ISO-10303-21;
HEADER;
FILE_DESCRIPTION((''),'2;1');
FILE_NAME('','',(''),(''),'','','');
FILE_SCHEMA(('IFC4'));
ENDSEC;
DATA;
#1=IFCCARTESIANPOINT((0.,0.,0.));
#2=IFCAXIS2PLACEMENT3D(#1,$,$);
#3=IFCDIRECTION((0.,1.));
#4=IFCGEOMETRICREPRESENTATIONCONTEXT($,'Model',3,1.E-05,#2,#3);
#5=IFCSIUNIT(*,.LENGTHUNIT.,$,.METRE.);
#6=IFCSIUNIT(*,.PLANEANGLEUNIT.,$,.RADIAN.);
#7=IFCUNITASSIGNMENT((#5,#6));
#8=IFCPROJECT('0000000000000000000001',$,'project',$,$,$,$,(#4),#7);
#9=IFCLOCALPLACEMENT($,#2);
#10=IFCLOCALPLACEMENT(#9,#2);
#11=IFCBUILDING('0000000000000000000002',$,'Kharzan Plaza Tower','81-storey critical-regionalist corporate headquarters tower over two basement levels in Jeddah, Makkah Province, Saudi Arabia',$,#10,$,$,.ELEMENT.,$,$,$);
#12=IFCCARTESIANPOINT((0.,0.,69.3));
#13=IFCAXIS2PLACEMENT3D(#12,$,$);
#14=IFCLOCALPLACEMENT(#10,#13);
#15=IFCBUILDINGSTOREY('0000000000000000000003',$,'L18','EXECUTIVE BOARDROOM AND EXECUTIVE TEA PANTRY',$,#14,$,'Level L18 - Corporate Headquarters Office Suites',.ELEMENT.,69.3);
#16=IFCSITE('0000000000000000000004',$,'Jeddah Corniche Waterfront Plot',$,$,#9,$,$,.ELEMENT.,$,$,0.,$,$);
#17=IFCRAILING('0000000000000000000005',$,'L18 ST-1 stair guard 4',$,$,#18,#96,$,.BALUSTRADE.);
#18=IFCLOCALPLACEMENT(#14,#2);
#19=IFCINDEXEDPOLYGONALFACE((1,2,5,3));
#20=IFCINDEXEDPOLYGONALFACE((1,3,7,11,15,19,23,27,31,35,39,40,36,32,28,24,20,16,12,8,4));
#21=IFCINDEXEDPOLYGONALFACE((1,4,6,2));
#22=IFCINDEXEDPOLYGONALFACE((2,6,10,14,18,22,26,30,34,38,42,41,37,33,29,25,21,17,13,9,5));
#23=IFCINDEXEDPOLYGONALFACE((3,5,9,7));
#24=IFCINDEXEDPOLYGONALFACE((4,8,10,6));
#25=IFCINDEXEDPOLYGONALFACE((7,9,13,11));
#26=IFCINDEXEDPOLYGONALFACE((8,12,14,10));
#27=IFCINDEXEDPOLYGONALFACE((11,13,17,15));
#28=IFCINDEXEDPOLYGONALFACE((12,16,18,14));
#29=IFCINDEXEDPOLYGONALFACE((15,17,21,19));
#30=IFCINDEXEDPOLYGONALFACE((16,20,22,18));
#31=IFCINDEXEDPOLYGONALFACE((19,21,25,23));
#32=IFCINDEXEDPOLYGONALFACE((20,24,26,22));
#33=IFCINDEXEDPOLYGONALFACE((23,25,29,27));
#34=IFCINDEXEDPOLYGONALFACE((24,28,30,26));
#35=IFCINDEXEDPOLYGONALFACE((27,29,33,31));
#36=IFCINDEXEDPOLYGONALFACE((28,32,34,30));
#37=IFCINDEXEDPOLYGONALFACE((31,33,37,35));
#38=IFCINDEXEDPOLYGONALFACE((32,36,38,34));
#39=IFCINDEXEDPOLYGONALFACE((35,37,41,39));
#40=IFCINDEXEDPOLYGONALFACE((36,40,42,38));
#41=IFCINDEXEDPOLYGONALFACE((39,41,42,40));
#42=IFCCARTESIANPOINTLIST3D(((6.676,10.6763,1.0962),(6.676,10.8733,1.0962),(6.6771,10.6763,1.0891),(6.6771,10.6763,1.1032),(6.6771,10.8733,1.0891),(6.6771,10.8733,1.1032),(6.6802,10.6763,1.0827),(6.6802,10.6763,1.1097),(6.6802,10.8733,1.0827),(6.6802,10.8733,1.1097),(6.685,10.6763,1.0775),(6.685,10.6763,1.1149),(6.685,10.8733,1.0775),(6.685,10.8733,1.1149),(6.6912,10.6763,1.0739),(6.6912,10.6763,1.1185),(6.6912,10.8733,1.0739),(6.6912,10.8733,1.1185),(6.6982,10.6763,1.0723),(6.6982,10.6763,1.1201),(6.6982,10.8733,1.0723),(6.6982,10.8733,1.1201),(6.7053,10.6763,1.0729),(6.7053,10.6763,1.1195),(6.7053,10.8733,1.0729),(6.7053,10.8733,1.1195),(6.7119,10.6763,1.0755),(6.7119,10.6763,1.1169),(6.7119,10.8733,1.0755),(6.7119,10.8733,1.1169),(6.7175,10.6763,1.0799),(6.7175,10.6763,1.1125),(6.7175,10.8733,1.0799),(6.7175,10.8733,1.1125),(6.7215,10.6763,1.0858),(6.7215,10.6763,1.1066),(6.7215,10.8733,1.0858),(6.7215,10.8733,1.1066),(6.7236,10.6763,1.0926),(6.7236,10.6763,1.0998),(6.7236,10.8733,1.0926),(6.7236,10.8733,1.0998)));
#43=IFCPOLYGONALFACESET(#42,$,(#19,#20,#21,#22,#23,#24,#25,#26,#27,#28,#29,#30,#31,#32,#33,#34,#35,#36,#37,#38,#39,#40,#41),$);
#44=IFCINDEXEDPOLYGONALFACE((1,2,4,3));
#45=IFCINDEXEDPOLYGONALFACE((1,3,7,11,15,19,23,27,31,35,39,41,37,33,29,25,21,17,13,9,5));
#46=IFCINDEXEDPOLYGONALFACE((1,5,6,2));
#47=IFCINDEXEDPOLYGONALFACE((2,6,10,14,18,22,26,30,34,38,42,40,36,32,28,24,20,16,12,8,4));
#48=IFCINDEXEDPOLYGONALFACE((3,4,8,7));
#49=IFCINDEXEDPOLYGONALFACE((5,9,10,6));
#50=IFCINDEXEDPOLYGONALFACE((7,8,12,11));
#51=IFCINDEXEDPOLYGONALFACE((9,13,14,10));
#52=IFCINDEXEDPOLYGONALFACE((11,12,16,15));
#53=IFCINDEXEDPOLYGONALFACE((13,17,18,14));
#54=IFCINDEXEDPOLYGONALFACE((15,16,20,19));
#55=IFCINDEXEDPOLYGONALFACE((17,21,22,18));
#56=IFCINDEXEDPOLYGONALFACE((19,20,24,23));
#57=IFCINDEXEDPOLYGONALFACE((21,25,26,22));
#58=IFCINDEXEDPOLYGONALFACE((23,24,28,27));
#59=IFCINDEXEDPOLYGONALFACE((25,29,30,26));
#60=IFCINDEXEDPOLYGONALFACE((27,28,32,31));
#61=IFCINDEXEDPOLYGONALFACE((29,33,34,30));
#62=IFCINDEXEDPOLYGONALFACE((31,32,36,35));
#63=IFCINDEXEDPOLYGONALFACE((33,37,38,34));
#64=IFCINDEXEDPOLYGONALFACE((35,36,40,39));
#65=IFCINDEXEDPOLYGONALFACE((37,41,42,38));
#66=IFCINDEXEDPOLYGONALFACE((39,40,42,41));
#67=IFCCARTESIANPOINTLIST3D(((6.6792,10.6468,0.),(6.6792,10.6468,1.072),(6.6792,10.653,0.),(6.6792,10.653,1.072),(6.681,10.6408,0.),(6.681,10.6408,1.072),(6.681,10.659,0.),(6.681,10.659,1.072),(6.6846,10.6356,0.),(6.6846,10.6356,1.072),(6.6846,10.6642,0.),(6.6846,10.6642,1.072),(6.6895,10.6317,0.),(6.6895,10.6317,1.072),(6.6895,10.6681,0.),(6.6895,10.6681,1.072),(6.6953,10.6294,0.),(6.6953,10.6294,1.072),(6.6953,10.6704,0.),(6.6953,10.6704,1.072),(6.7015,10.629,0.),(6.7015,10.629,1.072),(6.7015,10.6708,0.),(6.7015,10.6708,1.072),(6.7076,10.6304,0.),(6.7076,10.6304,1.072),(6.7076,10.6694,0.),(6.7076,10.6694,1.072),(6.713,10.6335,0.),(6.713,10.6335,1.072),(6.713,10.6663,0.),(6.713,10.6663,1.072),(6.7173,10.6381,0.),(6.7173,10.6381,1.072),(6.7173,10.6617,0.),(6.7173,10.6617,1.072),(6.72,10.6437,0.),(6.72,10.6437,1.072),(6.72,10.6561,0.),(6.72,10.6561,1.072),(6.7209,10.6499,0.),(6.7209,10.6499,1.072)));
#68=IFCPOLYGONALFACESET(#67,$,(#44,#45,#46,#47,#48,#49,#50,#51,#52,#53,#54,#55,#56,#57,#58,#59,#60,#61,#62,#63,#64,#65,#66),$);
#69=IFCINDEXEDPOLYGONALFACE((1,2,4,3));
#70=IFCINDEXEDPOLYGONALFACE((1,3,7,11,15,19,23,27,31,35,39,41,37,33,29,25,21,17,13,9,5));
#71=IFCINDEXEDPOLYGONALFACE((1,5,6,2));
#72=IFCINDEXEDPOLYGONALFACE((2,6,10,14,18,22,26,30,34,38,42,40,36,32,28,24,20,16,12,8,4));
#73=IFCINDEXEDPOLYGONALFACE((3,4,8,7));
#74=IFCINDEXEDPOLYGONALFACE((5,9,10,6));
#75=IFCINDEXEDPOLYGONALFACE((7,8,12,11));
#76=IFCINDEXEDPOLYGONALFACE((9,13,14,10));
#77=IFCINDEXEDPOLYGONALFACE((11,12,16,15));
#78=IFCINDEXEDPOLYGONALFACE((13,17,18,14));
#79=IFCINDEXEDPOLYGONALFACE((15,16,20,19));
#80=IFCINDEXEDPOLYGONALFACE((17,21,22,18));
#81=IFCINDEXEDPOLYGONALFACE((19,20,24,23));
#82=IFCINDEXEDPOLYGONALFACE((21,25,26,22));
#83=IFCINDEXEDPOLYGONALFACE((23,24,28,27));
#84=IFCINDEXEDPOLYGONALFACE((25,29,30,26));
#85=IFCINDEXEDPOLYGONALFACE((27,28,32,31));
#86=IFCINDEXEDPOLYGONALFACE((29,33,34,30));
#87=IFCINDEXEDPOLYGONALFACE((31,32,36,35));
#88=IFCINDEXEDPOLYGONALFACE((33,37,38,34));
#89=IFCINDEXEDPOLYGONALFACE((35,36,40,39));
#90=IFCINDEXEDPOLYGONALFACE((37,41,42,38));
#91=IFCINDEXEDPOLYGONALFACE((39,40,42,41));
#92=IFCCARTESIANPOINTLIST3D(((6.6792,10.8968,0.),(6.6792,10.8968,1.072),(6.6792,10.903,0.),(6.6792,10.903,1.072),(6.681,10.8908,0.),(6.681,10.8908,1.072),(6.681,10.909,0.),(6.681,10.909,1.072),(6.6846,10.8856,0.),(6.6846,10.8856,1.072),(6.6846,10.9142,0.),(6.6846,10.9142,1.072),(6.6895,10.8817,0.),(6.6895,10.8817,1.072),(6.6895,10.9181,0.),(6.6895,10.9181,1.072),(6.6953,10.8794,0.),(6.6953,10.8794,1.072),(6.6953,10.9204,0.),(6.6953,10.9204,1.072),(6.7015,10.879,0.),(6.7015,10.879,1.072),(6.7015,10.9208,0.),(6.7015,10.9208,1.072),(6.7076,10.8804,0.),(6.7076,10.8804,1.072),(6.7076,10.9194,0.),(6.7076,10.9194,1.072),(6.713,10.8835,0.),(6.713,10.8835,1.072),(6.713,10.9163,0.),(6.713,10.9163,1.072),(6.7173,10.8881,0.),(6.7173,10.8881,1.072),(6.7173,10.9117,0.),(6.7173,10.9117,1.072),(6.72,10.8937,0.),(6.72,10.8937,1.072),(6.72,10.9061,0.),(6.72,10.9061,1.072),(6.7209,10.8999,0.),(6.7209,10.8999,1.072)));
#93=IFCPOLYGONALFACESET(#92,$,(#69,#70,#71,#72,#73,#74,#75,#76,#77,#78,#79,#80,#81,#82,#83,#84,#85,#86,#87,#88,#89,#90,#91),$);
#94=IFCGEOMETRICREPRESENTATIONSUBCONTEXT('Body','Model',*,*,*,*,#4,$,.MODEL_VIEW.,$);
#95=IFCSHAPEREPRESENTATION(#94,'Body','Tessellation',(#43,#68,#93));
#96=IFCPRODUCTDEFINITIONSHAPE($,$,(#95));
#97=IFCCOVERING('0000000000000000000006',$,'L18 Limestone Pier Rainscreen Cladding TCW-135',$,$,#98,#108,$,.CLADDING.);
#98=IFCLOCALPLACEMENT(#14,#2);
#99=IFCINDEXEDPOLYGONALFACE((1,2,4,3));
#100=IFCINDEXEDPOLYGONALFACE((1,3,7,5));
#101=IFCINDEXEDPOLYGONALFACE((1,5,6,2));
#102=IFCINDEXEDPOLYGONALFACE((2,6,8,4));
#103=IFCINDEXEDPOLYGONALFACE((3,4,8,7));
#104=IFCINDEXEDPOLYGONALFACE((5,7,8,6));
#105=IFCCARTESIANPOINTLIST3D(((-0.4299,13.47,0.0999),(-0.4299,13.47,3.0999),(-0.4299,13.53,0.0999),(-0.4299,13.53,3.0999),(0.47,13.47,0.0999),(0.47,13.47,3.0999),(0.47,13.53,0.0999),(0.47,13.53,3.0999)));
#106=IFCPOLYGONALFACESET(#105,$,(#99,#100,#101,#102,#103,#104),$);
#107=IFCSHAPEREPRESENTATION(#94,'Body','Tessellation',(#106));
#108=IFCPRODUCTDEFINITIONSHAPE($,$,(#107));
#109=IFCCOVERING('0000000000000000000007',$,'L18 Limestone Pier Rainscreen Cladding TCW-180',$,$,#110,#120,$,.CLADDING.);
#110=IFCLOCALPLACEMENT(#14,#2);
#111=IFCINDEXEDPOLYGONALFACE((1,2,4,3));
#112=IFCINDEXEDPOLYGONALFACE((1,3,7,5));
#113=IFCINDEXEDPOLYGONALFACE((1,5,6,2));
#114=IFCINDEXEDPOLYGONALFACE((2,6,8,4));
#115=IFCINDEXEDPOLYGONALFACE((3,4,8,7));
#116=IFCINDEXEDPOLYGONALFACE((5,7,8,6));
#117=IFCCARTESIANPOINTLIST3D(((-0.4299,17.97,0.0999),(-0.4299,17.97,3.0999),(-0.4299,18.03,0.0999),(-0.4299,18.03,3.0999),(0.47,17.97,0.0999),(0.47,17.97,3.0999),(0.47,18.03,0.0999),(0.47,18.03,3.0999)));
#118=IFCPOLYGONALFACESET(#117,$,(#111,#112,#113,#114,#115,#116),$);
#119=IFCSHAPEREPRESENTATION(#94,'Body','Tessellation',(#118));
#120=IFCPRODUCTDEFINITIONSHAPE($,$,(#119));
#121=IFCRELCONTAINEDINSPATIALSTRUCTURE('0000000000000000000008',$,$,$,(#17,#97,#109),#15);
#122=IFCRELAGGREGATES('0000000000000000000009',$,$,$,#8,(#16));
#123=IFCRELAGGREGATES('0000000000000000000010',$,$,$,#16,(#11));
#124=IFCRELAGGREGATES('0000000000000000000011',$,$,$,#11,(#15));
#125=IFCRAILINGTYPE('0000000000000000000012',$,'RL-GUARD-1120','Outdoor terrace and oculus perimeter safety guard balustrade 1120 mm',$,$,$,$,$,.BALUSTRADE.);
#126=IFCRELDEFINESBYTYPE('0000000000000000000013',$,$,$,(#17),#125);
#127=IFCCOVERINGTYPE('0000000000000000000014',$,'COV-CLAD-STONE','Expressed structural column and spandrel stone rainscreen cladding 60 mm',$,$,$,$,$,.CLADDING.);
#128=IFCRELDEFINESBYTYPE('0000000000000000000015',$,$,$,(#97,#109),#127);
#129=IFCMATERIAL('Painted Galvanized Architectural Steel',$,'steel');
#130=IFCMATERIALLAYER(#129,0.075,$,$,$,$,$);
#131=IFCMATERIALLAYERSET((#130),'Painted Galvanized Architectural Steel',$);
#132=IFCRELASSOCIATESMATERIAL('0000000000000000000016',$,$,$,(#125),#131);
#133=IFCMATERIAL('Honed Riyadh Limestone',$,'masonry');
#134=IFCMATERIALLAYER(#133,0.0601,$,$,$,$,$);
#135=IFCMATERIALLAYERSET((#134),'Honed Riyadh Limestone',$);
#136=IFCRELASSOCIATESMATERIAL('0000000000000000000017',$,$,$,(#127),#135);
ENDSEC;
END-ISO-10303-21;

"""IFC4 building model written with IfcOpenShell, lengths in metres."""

from ifc_helpers import new_model, si_unit, direction, frame, origin, origin_2d, place, context, subcontext, project, spatial, rectangle, circle, extrude, source, transform, mapped, material, layer, layer_set, type_object, element, save


model = new_model("IFC4")

# Units and contexts
model_context = context("Model", 3, precision=1e-05, world=origin(), true_north=direction((0.0, 1.0)))
body_context = subcontext(model_context, "Body", "Model", "MODEL_VIEW")
ifc_project = project(units=[si_unit("LENGTHUNIT", "METRE"), si_unit("PLANEANGLEUNIT", "RADIAN")], contexts=[model_context])

# Site, building, storey
site_placement = place(None, origin())
site = spatial("IfcSite", under=ifc_project, at=site_placement, Name="Jeddah Corniche Waterfront Plot", CompositionType="ELEMENT", RefElevation=0.0)
building_placement = place(site_placement, origin())
building = spatial("IfcBuilding", under=site, at=building_placement, Name="Kharzan Plaza Tower", Description="81-storey critical-regionalist corporate headquarters tower over two basement levels in Jeddah, Makkah Province, Saudi Arabia", CompositionType="ELEMENT")
storey_placement = place(building_placement, frame((0.0, 0.0, 69.3)))
storey = spatial("IfcBuildingStorey", under=building, at=storey_placement, Name="L18", Description="EXECUTIVE BOARDROOM AND EXECUTIVE TEA PANTRY", LongName="Level L18 - Corporate Headquarters Office Suites", CompositionType="ELEMENT", Elevation=69.3)

# Railing
ifc_material_1 = material(Name="Painted Galvanized Architectural Steel", Category="steel")
ifc_layer_1 = layer(ifc_material_1, 0.075)
ifc_layer_set_1 = layer_set([ifc_layer_1], Name="Painted Galvanized Architectural Steel")
railing_type = type_object("IfcRailingType", Name="RL-GUARD-1120", Description="Outdoor terrace and oculus perimeter safety guard balustrade 1120 mm", PredefinedType="BALUSTRADE", material=ifc_layer_set_1)
shared_shape_1 = source(origin(), body_context, "Body", "SweptSolid", [
    extrude(circle(Radius=0.0239, at=origin_2d()), frame((0.0, 0.0264, 1.0962), z_axis=(0.0, 1.0, 0.0), x_axis=(-1.0, 0.0, 0.0)), (0.0, 0.0, 1.0), 0.197),
    extrude(circle(Radius=0.021, at=origin_2d()), origin(), (0.0, 0.0, 1.0), 1.072),
    extrude(circle(Radius=0.021, at=origin_2d()), frame((0.0, 0.25, 0.0)), (0.0, 0.0, 1.0), 1.072),
])
railing_1_placement = place(storey_placement, frame((6.7, 10.6499, 0.0)))
element("IfcRailing", 1, at=railing_1_placement, inside=storey, type_object=railing_type, Name="L18 ST-1 stair guard 4", PredefinedType="BALUSTRADE", context=body_context, shape_type="MappedRepresentation", body=[
    mapped(shared_shape_1, transform((0.0, 0.0, 0.0), x_axis=(1.0, 0.0, 0.0), y_axis=(0.0, 1.0, 0.0), z_axis=(0.0, 0.0, 1.0))),
])

# Coverings
ifc_material_2 = material(Name="Honed Riyadh Limestone", Category="masonry")
ifc_layer_2 = layer(ifc_material_2, 0.0601)
ifc_layer_set_2 = layer_set([ifc_layer_2], Name="Honed Riyadh Limestone")
covering_type = type_object("IfcCoveringType", Name="COV-CLAD-STONE", Description="Expressed structural column and spandrel stone rainscreen cladding 60 mm", PredefinedType="CLADDING", material=ifc_layer_set_2)
shared_shape_2 = source(origin(), body_context, "Body", "SweptSolid", [
    extrude(rectangle(XDim=0.0601, YDim=0.8999, at=origin_2d()), origin(), (0.0, 0.0, 1.0), 3.0),
])
for number, where, z_axis, x_axis, name in (
    (2, (0.02, 13.5, 0.0999), (0.0, 0.0, 1.0), (0.0, 1.0, 0.0), "L18 Limestone Pier Rainscreen Cladding TCW-135"),
    (3, (0.02, 18.0, 0.0999), (0.0, 0.0, 1.0), (0.0, 1.0, 0.0), "L18 Limestone Pier Rainscreen Cladding TCW-180"),
):
    element("IfcCovering", number, at=place(storey_placement, frame(where, z_axis=z_axis, x_axis=x_axis)), inside=storey, type_object=covering_type, Name=name, PredefinedType="CLADDING", context=body_context, shape_type="MappedRepresentation", body=[
        mapped(shared_shape_2, transform((0.0, 0.0, 0.0), x_axis=(1.0, 0.0, 0.0), y_axis=(0.0, 1.0, 0.0), z_axis=(0.0, 0.0, 1.0))),
    ])

save(model, "model.ifc")
